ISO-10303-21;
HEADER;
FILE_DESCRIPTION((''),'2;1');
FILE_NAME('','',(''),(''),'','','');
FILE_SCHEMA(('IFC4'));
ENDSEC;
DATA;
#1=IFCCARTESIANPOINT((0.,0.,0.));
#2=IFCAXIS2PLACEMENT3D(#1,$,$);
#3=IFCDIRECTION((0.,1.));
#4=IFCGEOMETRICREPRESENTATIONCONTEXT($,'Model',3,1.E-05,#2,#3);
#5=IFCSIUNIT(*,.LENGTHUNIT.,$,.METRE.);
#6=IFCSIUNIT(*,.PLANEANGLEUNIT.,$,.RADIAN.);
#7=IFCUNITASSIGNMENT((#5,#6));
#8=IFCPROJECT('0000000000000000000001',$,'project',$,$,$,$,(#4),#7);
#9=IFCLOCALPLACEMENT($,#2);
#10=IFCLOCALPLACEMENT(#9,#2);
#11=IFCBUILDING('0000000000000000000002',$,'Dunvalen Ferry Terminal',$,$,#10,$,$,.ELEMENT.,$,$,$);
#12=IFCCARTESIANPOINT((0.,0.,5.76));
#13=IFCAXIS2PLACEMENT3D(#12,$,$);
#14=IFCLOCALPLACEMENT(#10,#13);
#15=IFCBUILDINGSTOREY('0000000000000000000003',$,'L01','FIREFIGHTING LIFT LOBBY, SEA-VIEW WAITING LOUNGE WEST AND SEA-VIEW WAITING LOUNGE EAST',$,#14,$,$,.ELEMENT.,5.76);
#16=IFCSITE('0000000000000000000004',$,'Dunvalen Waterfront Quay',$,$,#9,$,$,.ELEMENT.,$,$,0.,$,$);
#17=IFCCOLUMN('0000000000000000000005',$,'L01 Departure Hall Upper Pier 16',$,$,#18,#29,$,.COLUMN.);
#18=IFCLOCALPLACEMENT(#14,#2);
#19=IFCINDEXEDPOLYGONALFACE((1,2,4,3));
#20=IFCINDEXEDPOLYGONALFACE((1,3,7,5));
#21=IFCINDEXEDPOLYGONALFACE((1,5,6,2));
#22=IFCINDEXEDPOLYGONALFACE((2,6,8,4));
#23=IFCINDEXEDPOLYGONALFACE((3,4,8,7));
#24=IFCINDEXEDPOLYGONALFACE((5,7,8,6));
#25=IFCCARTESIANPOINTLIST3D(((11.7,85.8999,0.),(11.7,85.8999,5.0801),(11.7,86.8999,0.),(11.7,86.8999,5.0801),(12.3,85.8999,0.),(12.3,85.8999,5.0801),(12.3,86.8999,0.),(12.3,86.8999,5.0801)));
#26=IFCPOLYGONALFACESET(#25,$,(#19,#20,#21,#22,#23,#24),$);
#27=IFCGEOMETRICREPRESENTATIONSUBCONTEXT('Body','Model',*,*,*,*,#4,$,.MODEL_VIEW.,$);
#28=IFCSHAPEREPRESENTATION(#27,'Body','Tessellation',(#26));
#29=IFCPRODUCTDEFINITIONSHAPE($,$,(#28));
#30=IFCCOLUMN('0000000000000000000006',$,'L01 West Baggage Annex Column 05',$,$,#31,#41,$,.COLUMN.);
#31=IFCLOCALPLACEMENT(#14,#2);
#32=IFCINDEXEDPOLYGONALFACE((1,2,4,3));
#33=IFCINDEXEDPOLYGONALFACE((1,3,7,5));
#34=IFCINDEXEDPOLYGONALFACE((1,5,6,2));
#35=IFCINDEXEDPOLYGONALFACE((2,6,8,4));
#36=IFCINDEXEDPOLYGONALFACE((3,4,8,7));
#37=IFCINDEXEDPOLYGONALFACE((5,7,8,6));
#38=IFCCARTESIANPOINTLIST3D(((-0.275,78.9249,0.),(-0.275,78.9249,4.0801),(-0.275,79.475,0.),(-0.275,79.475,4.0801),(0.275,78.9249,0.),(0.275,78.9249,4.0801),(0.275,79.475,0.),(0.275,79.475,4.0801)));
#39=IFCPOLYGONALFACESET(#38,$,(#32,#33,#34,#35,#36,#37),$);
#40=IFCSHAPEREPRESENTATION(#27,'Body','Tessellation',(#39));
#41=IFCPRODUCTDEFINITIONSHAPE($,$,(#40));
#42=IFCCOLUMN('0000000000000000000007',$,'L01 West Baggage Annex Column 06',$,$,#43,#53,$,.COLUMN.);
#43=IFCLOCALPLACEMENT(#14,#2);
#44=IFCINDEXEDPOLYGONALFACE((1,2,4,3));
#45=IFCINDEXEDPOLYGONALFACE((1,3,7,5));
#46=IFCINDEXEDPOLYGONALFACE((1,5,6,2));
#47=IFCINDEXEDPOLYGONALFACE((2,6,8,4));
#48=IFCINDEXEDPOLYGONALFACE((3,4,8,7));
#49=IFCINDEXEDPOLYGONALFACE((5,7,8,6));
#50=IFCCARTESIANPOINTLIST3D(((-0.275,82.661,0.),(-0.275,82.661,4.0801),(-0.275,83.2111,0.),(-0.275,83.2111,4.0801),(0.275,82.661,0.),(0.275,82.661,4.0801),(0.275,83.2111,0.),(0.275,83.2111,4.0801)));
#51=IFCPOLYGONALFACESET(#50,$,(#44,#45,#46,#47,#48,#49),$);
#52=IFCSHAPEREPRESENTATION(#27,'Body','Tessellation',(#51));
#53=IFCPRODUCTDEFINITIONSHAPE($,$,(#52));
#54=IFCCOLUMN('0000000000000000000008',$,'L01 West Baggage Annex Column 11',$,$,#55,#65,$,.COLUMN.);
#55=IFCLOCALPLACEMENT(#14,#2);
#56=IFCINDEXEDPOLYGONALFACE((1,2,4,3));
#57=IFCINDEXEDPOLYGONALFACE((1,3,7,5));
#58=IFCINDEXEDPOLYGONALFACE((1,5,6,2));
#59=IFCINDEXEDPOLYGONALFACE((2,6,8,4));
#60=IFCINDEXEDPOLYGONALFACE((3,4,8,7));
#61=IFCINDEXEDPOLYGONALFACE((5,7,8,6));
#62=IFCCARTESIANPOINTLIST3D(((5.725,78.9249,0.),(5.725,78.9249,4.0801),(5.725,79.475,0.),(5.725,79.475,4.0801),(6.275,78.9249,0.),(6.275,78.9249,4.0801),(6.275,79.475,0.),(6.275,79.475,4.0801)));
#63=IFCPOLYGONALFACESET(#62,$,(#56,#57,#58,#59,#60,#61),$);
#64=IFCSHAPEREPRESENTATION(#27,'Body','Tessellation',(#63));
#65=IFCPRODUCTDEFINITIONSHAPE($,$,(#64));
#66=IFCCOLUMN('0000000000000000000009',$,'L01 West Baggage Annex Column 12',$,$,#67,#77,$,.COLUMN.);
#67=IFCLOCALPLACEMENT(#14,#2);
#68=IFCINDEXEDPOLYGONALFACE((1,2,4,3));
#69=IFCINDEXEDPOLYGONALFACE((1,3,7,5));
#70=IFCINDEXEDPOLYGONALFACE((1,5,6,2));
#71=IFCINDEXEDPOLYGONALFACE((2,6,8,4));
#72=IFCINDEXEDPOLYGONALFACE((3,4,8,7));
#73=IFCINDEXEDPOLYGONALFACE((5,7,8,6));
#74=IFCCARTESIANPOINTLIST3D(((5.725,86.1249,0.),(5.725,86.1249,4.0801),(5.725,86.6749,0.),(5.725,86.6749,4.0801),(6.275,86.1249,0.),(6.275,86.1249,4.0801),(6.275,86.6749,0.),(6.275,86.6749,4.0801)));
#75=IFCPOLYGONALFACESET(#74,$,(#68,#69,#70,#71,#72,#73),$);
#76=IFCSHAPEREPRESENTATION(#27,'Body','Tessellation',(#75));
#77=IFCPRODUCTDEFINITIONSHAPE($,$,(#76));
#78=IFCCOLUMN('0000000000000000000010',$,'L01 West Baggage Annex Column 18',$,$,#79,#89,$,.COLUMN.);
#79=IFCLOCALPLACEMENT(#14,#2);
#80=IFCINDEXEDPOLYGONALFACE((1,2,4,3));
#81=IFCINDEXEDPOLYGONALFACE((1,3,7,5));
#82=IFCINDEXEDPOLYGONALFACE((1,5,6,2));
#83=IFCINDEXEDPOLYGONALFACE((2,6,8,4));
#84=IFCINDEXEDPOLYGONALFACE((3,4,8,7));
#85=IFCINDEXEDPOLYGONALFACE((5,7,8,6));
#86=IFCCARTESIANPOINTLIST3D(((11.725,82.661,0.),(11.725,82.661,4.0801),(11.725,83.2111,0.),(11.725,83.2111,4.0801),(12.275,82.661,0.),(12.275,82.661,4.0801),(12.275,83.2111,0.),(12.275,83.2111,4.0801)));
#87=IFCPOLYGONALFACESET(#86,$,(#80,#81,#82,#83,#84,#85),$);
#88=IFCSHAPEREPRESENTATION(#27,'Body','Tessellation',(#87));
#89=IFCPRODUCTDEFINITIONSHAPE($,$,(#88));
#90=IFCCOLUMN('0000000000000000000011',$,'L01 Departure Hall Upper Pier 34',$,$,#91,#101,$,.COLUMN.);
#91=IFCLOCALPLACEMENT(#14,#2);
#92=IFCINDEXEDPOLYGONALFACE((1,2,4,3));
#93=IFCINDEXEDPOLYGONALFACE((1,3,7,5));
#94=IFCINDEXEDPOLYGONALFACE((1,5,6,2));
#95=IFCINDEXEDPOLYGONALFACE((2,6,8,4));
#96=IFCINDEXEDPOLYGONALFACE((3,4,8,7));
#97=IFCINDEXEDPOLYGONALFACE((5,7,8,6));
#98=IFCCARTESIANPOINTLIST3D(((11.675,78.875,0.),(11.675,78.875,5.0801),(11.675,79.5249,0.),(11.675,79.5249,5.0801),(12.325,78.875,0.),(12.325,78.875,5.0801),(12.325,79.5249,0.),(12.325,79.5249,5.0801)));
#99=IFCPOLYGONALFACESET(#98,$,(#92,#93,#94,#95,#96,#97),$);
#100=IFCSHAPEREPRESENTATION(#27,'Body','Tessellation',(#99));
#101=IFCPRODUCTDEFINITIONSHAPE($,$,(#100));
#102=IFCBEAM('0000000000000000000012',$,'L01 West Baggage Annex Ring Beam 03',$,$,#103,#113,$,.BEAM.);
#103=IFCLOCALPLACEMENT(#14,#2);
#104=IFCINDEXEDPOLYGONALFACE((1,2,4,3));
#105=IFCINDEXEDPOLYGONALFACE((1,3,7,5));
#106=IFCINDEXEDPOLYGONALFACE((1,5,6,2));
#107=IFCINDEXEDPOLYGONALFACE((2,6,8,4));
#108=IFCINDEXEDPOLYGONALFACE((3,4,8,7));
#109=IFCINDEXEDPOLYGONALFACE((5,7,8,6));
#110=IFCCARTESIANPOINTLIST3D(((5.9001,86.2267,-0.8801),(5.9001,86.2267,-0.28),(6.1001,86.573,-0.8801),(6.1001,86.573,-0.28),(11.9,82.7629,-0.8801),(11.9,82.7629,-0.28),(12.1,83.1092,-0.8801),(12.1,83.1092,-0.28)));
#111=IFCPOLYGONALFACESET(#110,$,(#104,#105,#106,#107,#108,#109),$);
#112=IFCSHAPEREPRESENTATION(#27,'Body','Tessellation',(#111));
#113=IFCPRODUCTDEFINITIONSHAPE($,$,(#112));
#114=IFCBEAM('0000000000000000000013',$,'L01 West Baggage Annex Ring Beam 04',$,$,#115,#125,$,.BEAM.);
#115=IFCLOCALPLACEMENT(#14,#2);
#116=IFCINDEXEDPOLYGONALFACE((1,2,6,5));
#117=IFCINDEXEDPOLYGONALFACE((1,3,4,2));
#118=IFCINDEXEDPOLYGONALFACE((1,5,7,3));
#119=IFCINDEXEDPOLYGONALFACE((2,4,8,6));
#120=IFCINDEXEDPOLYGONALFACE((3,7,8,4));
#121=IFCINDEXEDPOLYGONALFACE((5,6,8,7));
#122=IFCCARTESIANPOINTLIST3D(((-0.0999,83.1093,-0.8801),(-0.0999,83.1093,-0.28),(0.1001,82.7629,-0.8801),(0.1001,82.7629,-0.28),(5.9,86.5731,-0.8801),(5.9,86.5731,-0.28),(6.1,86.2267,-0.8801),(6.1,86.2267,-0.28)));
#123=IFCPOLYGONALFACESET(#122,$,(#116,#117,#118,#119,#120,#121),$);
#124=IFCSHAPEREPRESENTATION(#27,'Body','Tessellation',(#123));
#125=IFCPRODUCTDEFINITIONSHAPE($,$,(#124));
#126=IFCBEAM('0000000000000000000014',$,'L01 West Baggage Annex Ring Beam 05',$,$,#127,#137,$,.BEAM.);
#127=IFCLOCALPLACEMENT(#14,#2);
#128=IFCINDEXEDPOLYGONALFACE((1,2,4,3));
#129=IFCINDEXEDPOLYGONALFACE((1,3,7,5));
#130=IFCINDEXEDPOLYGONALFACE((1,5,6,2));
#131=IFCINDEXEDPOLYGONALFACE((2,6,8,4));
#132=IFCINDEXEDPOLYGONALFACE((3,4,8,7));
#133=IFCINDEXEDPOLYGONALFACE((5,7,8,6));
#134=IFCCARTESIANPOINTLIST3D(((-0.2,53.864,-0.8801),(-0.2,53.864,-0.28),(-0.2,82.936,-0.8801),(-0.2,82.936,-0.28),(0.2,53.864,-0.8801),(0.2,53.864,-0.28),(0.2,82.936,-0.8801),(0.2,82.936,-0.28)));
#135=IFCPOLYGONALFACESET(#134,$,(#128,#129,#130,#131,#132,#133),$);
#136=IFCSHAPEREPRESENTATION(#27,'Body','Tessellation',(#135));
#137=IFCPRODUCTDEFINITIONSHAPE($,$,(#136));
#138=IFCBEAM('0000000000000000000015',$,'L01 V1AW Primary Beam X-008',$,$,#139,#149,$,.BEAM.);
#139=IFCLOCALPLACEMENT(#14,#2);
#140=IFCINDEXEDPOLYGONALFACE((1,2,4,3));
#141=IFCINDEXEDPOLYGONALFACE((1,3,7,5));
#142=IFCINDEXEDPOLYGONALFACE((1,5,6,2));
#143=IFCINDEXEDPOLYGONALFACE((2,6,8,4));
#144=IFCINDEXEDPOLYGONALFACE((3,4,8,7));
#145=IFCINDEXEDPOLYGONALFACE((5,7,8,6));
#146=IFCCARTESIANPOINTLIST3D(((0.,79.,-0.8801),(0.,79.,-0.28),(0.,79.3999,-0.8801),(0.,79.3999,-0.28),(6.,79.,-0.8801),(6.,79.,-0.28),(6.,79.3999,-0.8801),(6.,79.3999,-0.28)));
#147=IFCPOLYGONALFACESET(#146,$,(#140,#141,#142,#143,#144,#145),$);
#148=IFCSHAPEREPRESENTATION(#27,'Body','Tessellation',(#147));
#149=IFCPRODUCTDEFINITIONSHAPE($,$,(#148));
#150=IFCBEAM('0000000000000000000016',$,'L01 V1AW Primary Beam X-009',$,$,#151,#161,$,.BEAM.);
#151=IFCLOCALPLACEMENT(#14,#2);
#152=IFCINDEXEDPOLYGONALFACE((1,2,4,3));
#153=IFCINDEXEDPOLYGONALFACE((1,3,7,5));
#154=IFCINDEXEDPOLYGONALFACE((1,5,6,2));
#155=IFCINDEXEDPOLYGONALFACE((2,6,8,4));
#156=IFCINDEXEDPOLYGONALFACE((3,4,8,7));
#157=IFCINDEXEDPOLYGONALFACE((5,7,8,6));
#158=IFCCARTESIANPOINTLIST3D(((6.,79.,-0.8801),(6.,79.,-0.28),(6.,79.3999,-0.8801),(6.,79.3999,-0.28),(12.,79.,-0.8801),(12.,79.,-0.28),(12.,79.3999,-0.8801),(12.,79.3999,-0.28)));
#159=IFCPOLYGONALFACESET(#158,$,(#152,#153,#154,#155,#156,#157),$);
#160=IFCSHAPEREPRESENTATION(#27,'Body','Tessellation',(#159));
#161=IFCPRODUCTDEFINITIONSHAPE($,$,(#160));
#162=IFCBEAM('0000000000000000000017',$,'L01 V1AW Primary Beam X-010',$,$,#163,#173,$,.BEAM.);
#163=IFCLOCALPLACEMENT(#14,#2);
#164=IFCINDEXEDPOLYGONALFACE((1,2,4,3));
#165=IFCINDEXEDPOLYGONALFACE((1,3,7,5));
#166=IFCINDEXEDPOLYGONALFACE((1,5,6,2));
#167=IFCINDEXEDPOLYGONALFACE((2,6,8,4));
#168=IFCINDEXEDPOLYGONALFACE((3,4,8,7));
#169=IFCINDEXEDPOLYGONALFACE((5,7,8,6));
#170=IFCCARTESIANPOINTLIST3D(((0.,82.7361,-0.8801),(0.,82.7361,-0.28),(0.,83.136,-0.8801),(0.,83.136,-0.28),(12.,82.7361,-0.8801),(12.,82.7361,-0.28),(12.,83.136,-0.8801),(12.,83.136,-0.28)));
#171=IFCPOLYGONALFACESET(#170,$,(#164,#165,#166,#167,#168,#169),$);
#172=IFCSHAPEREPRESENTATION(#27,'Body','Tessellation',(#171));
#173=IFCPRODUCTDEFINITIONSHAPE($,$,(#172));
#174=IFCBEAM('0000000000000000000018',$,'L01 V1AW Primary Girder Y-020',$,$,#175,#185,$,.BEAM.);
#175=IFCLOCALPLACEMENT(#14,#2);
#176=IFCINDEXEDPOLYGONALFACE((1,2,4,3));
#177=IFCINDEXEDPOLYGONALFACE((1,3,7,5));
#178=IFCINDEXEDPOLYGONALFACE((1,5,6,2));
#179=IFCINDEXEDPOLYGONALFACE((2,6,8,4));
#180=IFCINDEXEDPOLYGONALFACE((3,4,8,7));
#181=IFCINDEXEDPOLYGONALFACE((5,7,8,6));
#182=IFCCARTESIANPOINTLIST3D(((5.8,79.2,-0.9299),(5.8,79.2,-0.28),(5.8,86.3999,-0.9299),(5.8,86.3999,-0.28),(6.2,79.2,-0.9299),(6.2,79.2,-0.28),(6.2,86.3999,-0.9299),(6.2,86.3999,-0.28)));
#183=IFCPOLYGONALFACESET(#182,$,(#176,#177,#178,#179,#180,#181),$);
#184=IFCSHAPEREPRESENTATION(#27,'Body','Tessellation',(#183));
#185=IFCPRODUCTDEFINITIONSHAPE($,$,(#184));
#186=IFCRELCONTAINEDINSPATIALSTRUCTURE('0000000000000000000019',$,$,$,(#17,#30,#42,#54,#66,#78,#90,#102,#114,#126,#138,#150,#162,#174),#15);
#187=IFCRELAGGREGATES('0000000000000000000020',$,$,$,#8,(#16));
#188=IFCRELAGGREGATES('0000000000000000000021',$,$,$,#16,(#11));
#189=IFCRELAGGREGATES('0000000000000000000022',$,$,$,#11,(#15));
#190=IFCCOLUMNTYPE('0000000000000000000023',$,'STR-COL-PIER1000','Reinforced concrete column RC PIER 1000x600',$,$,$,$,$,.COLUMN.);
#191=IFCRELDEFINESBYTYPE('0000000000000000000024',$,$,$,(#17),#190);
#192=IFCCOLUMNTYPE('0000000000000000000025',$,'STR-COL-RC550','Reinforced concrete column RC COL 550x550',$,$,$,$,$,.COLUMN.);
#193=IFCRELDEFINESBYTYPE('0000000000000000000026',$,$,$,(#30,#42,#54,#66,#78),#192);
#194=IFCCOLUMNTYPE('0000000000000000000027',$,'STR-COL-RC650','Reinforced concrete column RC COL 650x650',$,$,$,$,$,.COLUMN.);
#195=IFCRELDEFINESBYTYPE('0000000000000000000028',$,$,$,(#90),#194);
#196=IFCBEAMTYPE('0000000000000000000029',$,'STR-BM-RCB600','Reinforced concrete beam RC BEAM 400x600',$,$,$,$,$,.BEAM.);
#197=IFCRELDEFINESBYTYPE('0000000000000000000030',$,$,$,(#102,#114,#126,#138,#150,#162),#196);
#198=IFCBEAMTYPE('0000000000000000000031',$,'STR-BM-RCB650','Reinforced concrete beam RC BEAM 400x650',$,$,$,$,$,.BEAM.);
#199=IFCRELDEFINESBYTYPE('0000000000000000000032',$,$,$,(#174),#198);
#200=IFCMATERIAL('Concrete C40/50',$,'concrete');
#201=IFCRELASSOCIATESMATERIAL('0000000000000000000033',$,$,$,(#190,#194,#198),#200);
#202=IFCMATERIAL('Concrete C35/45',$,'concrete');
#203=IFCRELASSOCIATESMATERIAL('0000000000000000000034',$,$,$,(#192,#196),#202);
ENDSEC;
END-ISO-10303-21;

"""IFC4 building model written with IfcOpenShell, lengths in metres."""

from ifc_helpers import new_model, si_unit, direction, frame, origin, origin_2d, place, context, subcontext, project, spatial, rectangle, extrude, material, material_profile, profile_set, type_object, element, save


model = new_model("IFC4")

# Units and contexts
model_context = context("Model", 3, precision=1e-05, world=origin(), true_north=direction((0.0, 1.0)))
body_context = subcontext(model_context, "Body", "Model", "MODEL_VIEW")
ifc_project = project(units=[si_unit("LENGTHUNIT", "METRE"), si_unit("PLANEANGLEUNIT", "RADIAN")], contexts=[model_context])

# Site, building, storey
site_placement = place(None, origin())
site = spatial("IfcSite", under=ifc_project, at=site_placement, Name="Dunvalen Waterfront Quay", CompositionType="ELEMENT", RefElevation=0.0)
building_placement = place(site_placement, origin())
building = spatial("IfcBuilding", under=site, at=building_placement, Name="Dunvalen Ferry Terminal", CompositionType="ELEMENT")
storey_placement = place(building_placement, frame((0.0, 0.0, 5.76)))
storey = spatial("IfcBuildingStorey", under=building, at=storey_placement, Name="L01", Description="FIREFIGHTING LIFT LOBBY, SEA-VIEW WAITING LOUNGE WEST AND SEA-VIEW WAITING LOUNGE EAST", CompositionType="ELEMENT", Elevation=5.76)

# Columns
ifc_material_1 = material(Name="Concrete C40/50", Category="concrete")
ifc_material_profile_1 = material_profile(ifc_material_1, rectangle(XDim=0.6001, YDim=1.0, at=origin_2d()), Name="Concrete C40/50")
ifc_profile_set_1 = profile_set([ifc_material_profile_1], Name="Concrete C40/50")
column_type_1 = type_object("IfcColumnType", Name="STR-COL-PIER1000", Description="Reinforced concrete column RC PIER 1000x600", PredefinedType="COLUMN", material=ifc_profile_set_1)
column_1_placement = place(storey_placement, frame((12.0, 86.3999, 0.0), z_axis=(0.0, 0.0, 1.0), x_axis=(1.0, 0.0, 0.0)))
element("IfcColumn", 1, at=column_1_placement, inside=storey, type_object=column_type_1, Name="L01 Departure Hall Upper Pier 16", PredefinedType="COLUMN", context=body_context, shape_type="SweptSolid", body=[
    extrude(rectangle(XDim=0.6001, YDim=1.0, at=origin_2d()), origin(), (0.0, 0.0, 1.0), 5.0801),
])
ifc_material_2 = material(Name="Concrete C35/45", Category="concrete")
ifc_material_profile_2 = material_profile(ifc_material_2, rectangle(XDim=0.55, YDim=0.55, at=origin_2d()), Name="Concrete C35/45")
ifc_profile_set_2 = profile_set([ifc_material_profile_2], Name="Concrete C35/45")
column_type_2 = type_object("IfcColumnType", Name="STR-COL-RC550", Description="Reinforced concrete column RC COL 550x550", PredefinedType="COLUMN", material=ifc_profile_set_2)
for number, where, z_axis, x_axis, name in (
    (2, (0.0, 79.2, 0.0), (0.0, 0.0, 1.0), (1.0, 0.0, 0.0), "L01 West Baggage Annex Column 05"),
    (3, (0.0, 82.936, 0.0), (0.0, 0.0, 1.0), (1.0, 0.0, 0.0), "L01 West Baggage Annex Column 06"),
    (4, (6.0, 79.2, 0.0), (0.0, 0.0, 1.0), (1.0, 0.0, 0.0), "L01 West Baggage Annex Column 11"),
    (5, (6.0, 86.3999, 0.0), (0.0, 0.0, 1.0), (1.0, 0.0, 0.0), "L01 West Baggage Annex Column 12"),
    (6, (12.0, 82.936, 0.0), (0.0, 0.0, 1.0), (1.0, 0.0, 0.0), "L01 West Baggage Annex Column 18"),
):
    element("IfcColumn", number, at=place(storey_placement, frame(where, z_axis=z_axis, x_axis=x_axis)), inside=storey, type_object=column_type_2, Name=name, PredefinedType="COLUMN", context=body_context, shape_type="SweptSolid", body=[
        extrude(rectangle(XDim=0.55, YDim=0.55, at=origin_2d()), origin(), (0.0, 0.0, 1.0), 4.0801),
    ])
ifc_material_profile_3 = material_profile(ifc_material_1, rectangle(XDim=0.6499, YDim=0.6499, at=origin_2d()), Name="Concrete C40/50")
ifc_profile_set_3 = profile_set([ifc_material_profile_3], Name="Concrete C40/50")
column_type_3 = type_object("IfcColumnType", Name="STR-COL-RC650", Description="Reinforced concrete column RC COL 650x650", PredefinedType="COLUMN", material=ifc_profile_set_3)
column_2_placement = place(storey_placement, frame((12.0, 79.2, 0.0), z_axis=(0.0, 0.0, 1.0), x_axis=(1.0, 0.0, 0.0)))
element("IfcColumn", 7, at=column_2_placement, inside=storey, type_object=column_type_3, Name="L01 Departure Hall Upper Pier 34", PredefinedType="COLUMN", context=body_context, shape_type="SweptSolid", body=[
    extrude(rectangle(XDim=0.6499, YDim=0.6499, at=origin_2d()), origin(), (0.0, 0.0, 1.0), 5.0801),
])

# Beams
ifc_material_profile_4 = material_profile(ifc_material_2, rectangle(XDim=0.3999, YDim=0.6001, at=origin_2d()), Name="Concrete C35/45")
ifc_profile_set_4 = profile_set([ifc_material_profile_4], Name="Concrete C35/45")
beam_type_1 = type_object("IfcBeamType", Name="STR-BM-RCB600", Description="Reinforced concrete beam RC BEAM 400x600", PredefinedType="BEAM", material=ifc_profile_set_4)
for number, where, z_axis, x_axis, name in (
    (8, (12.0, 82.936, -0.5801), (-0.86604, 0.499975, 0.0), (-0.499975, -0.86604, 0.0), "L01 West Baggage Annex Ring Beam 03"),
    (9, (6.0, 86.3999, -0.5801), (-0.86604, -0.499975, 0.0), (0.499975, -0.86604, 0.0), "L01 West Baggage Annex Ring Beam 04"),
):
    element("IfcBeam", number, at=place(storey_placement, frame(where, z_axis=z_axis, x_axis=x_axis)), inside=storey, type_object=beam_type_1, Name=name, PredefinedType="BEAM", context=body_context, shape_type="SweptSolid", body=[
        extrude(rectangle(XDim=0.3999, YDim=0.6001, at=origin_2d()), origin(), (0.0, 0.0, 1.0), 6.928),
    ])
beam_1_placement = place(storey_placement, frame((0.0, 82.936, -0.5801), z_axis=(0.0, -1.0, 0.0), x_axis=(1.0, 0.0, 0.0)))
element("IfcBeam", 10, at=beam_1_placement, inside=storey, type_object=beam_type_1, Name="L01 West Baggage Annex Ring Beam 05", PredefinedType="BEAM", context=body_context, shape_type="SweptSolid", body=[
    extrude(rectangle(XDim=0.3999, YDim=0.6001, at=origin_2d()), origin(), (0.0, 0.0, 1.0), 29.072),
])
for number, where, z_axis, x_axis, name in (
    (11, (0.0, 79.2, -0.5801), (1.0, 0.0, 0.0), (0.0, 1.0, 0.0), "L01 V1AW Primary Beam X-008"),
    (12, (6.0, 79.2, -0.5801), (1.0, 0.0, 0.0), (0.0, 1.0, 0.0), "L01 V1AW Primary Beam X-009"),
):
    element("IfcBeam", number, at=place(storey_placement, frame(where, z_axis=z_axis, x_axis=x_axis)), inside=storey, type_object=beam_type_1, Name=name, PredefinedType="BEAM", context=body_context, shape_type="SweptSolid", body=[
        extrude(rectangle(XDim=0.3999, YDim=0.6001, at=origin_2d()), origin(), (0.0, 0.0, 1.0), 6.0),
    ])
beam_2_placement = place(storey_placement, frame((0.0, 82.936, -0.5801), z_axis=(1.0, 0.0, 0.0), x_axis=(0.0, 1.0, 0.0)))
element("IfcBeam", 13, at=beam_2_placement, inside=storey, type_object=beam_type_1, Name="L01 V1AW Primary Beam X-010", PredefinedType="BEAM", context=body_context, shape_type="SweptSolid", body=[
    extrude(rectangle(XDim=0.3999, YDim=0.6001, at=origin_2d()), origin(), (0.0, 0.0, 1.0), 12.0),
])
ifc_material_profile_5 = material_profile(ifc_material_1, rectangle(XDim=0.3999, YDim=0.6499, at=origin_2d()), Name="Concrete C40/50")
ifc_profile_set_5 = profile_set([ifc_material_profile_5], Name="Concrete C40/50")
beam_type_2 = type_object("IfcBeamType", Name="STR-BM-RCB650", Description="Reinforced concrete beam RC BEAM 400x650", PredefinedType="BEAM", material=ifc_profile_set_5)
beam_3_placement = place(storey_placement, frame((6.0, 79.2, -0.605), z_axis=(0.0, 1.0, 0.0), x_axis=(-1.0, 0.0, 0.0)))
element("IfcBeam", 14, at=beam_3_placement, inside=storey, type_object=beam_type_2, Name="L01 V1AW Primary Girder Y-020", PredefinedType="BEAM", context=body_context, shape_type="SweptSolid", body=[
    extrude(rectangle(XDim=0.3999, YDim=0.6499, at=origin_2d()), origin(), (0.0, 0.0, 1.0), 7.2),
])

save(model, "model.ifc")
